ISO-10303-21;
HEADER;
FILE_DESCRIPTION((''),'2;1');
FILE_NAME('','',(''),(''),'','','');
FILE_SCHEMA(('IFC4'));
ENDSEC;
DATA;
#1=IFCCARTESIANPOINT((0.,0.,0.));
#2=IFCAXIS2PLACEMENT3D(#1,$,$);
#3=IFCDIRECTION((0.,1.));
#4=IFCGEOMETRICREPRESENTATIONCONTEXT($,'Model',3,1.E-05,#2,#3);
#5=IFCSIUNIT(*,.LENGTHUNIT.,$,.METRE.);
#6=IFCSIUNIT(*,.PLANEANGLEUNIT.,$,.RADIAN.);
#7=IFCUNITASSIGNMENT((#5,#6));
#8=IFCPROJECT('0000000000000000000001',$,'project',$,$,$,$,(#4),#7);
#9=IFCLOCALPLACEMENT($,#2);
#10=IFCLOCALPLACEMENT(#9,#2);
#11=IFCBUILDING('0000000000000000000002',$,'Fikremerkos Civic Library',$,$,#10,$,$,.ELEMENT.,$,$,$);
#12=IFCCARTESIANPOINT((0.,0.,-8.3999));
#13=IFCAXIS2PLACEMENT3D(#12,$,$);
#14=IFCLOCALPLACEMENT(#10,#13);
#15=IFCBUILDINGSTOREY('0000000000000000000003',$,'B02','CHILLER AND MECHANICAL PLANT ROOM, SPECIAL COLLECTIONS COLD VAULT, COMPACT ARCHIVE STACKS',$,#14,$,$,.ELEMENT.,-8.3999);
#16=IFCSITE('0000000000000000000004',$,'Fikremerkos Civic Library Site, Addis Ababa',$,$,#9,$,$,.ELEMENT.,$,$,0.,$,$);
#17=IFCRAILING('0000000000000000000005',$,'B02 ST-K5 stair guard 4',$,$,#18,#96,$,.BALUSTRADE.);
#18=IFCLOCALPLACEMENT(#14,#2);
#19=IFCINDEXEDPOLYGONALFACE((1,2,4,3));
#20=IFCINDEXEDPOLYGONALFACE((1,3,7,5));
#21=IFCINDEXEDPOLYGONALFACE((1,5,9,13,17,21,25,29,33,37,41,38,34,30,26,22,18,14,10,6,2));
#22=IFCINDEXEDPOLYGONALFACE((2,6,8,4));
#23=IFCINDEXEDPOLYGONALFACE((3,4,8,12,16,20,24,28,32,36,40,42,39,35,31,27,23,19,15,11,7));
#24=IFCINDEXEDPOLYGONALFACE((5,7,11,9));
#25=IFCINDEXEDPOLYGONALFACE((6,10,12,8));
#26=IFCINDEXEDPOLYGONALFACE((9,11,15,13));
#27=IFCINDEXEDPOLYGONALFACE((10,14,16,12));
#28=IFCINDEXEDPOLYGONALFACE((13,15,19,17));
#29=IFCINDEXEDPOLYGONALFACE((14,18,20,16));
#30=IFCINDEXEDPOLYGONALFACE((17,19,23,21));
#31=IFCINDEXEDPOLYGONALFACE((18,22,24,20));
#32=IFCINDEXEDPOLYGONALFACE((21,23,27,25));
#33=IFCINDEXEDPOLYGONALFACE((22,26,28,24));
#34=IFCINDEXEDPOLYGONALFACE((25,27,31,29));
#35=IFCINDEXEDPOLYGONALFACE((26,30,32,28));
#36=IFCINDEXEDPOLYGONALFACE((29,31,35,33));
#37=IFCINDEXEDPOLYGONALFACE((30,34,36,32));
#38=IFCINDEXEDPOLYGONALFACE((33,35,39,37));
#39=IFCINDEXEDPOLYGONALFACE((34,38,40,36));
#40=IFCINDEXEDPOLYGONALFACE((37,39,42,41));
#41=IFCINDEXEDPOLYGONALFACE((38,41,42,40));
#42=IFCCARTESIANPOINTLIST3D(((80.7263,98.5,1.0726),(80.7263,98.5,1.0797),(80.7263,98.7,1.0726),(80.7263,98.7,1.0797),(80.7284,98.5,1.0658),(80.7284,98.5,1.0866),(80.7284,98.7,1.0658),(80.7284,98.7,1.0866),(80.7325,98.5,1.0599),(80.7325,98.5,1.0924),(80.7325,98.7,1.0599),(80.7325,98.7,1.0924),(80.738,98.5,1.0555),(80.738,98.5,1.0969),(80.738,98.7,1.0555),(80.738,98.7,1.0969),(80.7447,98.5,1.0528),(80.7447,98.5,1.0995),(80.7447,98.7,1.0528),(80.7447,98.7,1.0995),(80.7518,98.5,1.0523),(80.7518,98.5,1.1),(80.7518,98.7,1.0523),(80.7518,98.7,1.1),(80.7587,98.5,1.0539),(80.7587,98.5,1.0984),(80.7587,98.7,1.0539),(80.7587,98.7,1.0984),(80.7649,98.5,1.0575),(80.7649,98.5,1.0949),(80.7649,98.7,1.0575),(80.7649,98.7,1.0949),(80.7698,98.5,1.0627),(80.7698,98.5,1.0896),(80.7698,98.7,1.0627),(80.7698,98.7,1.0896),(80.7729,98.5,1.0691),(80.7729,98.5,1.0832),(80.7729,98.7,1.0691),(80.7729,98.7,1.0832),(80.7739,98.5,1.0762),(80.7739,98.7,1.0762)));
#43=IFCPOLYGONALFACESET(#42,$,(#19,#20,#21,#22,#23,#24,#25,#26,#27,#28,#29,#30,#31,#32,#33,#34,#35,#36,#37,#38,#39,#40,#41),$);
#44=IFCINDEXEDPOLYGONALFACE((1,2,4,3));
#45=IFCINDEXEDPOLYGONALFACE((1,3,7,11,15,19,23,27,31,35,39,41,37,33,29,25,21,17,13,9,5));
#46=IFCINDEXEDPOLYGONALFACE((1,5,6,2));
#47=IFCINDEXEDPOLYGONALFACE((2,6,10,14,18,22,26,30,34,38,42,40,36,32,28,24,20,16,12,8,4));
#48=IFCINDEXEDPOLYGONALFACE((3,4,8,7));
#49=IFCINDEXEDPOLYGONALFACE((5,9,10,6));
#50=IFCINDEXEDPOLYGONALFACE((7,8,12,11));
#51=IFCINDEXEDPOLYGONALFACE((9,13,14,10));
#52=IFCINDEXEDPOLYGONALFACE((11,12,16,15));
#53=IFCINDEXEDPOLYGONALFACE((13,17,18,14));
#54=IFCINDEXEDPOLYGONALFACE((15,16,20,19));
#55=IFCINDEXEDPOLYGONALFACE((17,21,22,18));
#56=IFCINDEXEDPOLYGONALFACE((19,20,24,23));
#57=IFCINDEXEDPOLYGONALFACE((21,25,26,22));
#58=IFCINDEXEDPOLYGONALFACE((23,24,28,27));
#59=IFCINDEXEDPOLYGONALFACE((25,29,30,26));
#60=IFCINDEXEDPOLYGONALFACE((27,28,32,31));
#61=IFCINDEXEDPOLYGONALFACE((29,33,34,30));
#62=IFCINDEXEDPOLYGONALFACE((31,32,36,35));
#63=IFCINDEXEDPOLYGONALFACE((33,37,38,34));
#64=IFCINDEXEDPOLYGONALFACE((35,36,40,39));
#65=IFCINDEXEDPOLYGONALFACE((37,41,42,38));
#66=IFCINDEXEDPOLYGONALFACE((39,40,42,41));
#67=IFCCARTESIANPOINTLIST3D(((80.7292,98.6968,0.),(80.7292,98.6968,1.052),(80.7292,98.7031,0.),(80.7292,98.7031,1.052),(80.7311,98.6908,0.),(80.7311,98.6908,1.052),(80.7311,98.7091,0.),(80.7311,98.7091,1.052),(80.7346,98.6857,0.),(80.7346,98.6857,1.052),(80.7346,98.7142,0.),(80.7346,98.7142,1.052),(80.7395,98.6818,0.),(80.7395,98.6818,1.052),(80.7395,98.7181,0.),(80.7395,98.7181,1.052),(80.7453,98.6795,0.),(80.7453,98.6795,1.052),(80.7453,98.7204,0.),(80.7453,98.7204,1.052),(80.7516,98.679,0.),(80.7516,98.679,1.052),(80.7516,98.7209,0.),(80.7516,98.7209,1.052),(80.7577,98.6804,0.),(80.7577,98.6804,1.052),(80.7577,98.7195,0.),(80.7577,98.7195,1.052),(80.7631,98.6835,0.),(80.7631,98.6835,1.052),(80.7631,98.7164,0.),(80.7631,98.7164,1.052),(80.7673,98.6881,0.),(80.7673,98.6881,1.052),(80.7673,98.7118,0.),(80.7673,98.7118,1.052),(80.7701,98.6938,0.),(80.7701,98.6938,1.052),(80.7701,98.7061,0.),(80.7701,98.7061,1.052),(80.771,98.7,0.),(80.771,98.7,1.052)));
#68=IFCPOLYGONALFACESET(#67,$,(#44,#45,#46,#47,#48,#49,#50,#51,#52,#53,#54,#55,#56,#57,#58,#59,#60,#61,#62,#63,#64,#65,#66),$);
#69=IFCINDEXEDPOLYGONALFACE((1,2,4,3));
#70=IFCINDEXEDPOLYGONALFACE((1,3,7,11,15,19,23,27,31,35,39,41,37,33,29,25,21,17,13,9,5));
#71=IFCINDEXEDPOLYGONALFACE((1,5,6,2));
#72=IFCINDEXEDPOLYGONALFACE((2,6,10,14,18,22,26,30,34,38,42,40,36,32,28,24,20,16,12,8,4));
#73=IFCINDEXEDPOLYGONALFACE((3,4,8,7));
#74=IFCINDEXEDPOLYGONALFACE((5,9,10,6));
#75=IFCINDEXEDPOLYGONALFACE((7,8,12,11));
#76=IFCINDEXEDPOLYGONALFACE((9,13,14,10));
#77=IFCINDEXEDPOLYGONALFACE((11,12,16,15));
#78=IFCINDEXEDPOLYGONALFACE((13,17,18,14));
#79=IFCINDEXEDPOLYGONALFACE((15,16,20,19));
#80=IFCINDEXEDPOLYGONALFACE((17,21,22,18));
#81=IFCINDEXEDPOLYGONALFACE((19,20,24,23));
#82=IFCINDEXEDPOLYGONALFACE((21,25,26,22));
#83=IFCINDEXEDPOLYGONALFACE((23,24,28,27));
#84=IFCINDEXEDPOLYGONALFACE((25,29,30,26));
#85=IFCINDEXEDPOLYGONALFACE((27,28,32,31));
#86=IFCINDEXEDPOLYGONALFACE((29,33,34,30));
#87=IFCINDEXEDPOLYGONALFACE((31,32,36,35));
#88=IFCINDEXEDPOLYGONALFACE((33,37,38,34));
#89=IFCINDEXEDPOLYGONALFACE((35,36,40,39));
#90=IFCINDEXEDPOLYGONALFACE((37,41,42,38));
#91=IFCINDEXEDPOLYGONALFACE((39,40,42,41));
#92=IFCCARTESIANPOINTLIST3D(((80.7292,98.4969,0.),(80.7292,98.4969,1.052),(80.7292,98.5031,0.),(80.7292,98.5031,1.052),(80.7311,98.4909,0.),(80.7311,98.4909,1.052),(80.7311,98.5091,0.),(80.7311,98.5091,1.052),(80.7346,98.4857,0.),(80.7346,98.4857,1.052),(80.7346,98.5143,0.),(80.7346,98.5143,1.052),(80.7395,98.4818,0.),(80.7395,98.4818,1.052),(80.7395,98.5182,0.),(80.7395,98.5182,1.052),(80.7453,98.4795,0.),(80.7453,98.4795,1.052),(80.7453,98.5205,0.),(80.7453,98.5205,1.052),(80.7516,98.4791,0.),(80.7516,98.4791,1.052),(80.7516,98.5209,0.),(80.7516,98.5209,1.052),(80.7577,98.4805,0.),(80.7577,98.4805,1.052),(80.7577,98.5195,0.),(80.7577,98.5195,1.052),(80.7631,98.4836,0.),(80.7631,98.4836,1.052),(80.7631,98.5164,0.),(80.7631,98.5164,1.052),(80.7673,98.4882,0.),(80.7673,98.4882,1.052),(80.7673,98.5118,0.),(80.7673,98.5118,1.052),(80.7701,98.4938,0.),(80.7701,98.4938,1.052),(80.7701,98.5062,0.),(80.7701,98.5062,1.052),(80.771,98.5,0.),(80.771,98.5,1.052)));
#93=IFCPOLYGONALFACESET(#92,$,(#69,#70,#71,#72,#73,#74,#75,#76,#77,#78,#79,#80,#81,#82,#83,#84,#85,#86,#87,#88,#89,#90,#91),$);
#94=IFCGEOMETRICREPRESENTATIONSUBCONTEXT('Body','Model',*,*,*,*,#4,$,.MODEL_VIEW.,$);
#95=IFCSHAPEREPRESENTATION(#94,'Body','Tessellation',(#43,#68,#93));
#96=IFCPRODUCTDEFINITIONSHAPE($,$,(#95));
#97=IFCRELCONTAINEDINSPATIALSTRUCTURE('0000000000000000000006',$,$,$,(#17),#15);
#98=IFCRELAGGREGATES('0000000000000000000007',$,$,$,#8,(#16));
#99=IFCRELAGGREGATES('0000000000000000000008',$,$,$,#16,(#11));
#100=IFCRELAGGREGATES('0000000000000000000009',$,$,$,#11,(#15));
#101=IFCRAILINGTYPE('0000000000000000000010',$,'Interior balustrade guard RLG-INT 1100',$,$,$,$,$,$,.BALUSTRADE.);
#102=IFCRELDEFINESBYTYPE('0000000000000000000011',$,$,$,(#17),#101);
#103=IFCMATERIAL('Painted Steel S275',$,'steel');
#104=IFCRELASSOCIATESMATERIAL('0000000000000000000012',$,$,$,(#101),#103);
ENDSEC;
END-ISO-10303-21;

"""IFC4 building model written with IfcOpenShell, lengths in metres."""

from ifc_helpers import new_model, si_unit, direction, frame, origin, origin_2d, place, context, subcontext, project, spatial, circle, extrude, material, type_object, element, save


model = new_model("IFC4")

# Units and contexts
model_context = context("Model", 3, precision=1e-05, world=origin(), true_north=direction((0.0, 1.0)))
body_context = subcontext(model_context, "Body", "Model", "MODEL_VIEW")
ifc_project = project(units=[si_unit("LENGTHUNIT", "METRE"), si_unit("PLANEANGLEUNIT", "RADIAN")], contexts=[model_context])

# Site, building, storey
site_placement = place(None, origin())
site = spatial("IfcSite", under=ifc_project, at=site_placement, Name="Fikremerkos Civic Library Site, Addis Ababa", CompositionType="ELEMENT", RefElevation=0.0)
building_placement = place(site_placement, origin())
building = spatial("IfcBuilding", under=site, at=building_placement, Name="Fikremerkos Civic Library", CompositionType="ELEMENT")
storey_placement = place(building_placement, frame((0.0, 0.0, -8.3999)))
storey = spatial("IfcBuildingStorey", under=building, at=storey_placement, Name="B02", Description="CHILLER AND MECHANICAL PLANT ROOM, SPECIAL COLLECTIONS COLD VAULT, COMPACT ARCHIVE STACKS", CompositionType="ELEMENT", Elevation=-8.3999)

# Railing
ifc_material_1 = material(Name="Painted Steel S275", Category="steel")
railing_type_1 = type_object("IfcRailingType", Name="Interior balustrade guard RLG-INT 1100", PredefinedType="BALUSTRADE", material=ifc_material_1)
railing_1_placement = place(storey_placement, frame((80.75, 98.7, 0.0)))
element("IfcRailing", 1, at=railing_1_placement, inside=storey, type_object=railing_type_1, Name="B02 ST-K5 stair guard 4", PredefinedType="BALUSTRADE", context=body_context, shape_type="SweptSolid", body=[
    extrude(circle(Radius=0.0239, at=origin_2d()), frame((0.0, 0.0, 1.0762), z_axis=(0.0, -1.0, 0.0), x_axis=(1.0, 0.0, 0.0)), (0.0, 0.0, 1.0), 0.2),
    extrude(circle(Radius=0.021, at=origin_2d()), origin(), (0.0, 0.0, 1.0), 1.052),
    extrude(circle(Radius=0.021, at=origin_2d()), frame((0.0, -0.2, 0.0)), (0.0, 0.0, 1.0), 1.052),
])

save(model, "model.ifc")
